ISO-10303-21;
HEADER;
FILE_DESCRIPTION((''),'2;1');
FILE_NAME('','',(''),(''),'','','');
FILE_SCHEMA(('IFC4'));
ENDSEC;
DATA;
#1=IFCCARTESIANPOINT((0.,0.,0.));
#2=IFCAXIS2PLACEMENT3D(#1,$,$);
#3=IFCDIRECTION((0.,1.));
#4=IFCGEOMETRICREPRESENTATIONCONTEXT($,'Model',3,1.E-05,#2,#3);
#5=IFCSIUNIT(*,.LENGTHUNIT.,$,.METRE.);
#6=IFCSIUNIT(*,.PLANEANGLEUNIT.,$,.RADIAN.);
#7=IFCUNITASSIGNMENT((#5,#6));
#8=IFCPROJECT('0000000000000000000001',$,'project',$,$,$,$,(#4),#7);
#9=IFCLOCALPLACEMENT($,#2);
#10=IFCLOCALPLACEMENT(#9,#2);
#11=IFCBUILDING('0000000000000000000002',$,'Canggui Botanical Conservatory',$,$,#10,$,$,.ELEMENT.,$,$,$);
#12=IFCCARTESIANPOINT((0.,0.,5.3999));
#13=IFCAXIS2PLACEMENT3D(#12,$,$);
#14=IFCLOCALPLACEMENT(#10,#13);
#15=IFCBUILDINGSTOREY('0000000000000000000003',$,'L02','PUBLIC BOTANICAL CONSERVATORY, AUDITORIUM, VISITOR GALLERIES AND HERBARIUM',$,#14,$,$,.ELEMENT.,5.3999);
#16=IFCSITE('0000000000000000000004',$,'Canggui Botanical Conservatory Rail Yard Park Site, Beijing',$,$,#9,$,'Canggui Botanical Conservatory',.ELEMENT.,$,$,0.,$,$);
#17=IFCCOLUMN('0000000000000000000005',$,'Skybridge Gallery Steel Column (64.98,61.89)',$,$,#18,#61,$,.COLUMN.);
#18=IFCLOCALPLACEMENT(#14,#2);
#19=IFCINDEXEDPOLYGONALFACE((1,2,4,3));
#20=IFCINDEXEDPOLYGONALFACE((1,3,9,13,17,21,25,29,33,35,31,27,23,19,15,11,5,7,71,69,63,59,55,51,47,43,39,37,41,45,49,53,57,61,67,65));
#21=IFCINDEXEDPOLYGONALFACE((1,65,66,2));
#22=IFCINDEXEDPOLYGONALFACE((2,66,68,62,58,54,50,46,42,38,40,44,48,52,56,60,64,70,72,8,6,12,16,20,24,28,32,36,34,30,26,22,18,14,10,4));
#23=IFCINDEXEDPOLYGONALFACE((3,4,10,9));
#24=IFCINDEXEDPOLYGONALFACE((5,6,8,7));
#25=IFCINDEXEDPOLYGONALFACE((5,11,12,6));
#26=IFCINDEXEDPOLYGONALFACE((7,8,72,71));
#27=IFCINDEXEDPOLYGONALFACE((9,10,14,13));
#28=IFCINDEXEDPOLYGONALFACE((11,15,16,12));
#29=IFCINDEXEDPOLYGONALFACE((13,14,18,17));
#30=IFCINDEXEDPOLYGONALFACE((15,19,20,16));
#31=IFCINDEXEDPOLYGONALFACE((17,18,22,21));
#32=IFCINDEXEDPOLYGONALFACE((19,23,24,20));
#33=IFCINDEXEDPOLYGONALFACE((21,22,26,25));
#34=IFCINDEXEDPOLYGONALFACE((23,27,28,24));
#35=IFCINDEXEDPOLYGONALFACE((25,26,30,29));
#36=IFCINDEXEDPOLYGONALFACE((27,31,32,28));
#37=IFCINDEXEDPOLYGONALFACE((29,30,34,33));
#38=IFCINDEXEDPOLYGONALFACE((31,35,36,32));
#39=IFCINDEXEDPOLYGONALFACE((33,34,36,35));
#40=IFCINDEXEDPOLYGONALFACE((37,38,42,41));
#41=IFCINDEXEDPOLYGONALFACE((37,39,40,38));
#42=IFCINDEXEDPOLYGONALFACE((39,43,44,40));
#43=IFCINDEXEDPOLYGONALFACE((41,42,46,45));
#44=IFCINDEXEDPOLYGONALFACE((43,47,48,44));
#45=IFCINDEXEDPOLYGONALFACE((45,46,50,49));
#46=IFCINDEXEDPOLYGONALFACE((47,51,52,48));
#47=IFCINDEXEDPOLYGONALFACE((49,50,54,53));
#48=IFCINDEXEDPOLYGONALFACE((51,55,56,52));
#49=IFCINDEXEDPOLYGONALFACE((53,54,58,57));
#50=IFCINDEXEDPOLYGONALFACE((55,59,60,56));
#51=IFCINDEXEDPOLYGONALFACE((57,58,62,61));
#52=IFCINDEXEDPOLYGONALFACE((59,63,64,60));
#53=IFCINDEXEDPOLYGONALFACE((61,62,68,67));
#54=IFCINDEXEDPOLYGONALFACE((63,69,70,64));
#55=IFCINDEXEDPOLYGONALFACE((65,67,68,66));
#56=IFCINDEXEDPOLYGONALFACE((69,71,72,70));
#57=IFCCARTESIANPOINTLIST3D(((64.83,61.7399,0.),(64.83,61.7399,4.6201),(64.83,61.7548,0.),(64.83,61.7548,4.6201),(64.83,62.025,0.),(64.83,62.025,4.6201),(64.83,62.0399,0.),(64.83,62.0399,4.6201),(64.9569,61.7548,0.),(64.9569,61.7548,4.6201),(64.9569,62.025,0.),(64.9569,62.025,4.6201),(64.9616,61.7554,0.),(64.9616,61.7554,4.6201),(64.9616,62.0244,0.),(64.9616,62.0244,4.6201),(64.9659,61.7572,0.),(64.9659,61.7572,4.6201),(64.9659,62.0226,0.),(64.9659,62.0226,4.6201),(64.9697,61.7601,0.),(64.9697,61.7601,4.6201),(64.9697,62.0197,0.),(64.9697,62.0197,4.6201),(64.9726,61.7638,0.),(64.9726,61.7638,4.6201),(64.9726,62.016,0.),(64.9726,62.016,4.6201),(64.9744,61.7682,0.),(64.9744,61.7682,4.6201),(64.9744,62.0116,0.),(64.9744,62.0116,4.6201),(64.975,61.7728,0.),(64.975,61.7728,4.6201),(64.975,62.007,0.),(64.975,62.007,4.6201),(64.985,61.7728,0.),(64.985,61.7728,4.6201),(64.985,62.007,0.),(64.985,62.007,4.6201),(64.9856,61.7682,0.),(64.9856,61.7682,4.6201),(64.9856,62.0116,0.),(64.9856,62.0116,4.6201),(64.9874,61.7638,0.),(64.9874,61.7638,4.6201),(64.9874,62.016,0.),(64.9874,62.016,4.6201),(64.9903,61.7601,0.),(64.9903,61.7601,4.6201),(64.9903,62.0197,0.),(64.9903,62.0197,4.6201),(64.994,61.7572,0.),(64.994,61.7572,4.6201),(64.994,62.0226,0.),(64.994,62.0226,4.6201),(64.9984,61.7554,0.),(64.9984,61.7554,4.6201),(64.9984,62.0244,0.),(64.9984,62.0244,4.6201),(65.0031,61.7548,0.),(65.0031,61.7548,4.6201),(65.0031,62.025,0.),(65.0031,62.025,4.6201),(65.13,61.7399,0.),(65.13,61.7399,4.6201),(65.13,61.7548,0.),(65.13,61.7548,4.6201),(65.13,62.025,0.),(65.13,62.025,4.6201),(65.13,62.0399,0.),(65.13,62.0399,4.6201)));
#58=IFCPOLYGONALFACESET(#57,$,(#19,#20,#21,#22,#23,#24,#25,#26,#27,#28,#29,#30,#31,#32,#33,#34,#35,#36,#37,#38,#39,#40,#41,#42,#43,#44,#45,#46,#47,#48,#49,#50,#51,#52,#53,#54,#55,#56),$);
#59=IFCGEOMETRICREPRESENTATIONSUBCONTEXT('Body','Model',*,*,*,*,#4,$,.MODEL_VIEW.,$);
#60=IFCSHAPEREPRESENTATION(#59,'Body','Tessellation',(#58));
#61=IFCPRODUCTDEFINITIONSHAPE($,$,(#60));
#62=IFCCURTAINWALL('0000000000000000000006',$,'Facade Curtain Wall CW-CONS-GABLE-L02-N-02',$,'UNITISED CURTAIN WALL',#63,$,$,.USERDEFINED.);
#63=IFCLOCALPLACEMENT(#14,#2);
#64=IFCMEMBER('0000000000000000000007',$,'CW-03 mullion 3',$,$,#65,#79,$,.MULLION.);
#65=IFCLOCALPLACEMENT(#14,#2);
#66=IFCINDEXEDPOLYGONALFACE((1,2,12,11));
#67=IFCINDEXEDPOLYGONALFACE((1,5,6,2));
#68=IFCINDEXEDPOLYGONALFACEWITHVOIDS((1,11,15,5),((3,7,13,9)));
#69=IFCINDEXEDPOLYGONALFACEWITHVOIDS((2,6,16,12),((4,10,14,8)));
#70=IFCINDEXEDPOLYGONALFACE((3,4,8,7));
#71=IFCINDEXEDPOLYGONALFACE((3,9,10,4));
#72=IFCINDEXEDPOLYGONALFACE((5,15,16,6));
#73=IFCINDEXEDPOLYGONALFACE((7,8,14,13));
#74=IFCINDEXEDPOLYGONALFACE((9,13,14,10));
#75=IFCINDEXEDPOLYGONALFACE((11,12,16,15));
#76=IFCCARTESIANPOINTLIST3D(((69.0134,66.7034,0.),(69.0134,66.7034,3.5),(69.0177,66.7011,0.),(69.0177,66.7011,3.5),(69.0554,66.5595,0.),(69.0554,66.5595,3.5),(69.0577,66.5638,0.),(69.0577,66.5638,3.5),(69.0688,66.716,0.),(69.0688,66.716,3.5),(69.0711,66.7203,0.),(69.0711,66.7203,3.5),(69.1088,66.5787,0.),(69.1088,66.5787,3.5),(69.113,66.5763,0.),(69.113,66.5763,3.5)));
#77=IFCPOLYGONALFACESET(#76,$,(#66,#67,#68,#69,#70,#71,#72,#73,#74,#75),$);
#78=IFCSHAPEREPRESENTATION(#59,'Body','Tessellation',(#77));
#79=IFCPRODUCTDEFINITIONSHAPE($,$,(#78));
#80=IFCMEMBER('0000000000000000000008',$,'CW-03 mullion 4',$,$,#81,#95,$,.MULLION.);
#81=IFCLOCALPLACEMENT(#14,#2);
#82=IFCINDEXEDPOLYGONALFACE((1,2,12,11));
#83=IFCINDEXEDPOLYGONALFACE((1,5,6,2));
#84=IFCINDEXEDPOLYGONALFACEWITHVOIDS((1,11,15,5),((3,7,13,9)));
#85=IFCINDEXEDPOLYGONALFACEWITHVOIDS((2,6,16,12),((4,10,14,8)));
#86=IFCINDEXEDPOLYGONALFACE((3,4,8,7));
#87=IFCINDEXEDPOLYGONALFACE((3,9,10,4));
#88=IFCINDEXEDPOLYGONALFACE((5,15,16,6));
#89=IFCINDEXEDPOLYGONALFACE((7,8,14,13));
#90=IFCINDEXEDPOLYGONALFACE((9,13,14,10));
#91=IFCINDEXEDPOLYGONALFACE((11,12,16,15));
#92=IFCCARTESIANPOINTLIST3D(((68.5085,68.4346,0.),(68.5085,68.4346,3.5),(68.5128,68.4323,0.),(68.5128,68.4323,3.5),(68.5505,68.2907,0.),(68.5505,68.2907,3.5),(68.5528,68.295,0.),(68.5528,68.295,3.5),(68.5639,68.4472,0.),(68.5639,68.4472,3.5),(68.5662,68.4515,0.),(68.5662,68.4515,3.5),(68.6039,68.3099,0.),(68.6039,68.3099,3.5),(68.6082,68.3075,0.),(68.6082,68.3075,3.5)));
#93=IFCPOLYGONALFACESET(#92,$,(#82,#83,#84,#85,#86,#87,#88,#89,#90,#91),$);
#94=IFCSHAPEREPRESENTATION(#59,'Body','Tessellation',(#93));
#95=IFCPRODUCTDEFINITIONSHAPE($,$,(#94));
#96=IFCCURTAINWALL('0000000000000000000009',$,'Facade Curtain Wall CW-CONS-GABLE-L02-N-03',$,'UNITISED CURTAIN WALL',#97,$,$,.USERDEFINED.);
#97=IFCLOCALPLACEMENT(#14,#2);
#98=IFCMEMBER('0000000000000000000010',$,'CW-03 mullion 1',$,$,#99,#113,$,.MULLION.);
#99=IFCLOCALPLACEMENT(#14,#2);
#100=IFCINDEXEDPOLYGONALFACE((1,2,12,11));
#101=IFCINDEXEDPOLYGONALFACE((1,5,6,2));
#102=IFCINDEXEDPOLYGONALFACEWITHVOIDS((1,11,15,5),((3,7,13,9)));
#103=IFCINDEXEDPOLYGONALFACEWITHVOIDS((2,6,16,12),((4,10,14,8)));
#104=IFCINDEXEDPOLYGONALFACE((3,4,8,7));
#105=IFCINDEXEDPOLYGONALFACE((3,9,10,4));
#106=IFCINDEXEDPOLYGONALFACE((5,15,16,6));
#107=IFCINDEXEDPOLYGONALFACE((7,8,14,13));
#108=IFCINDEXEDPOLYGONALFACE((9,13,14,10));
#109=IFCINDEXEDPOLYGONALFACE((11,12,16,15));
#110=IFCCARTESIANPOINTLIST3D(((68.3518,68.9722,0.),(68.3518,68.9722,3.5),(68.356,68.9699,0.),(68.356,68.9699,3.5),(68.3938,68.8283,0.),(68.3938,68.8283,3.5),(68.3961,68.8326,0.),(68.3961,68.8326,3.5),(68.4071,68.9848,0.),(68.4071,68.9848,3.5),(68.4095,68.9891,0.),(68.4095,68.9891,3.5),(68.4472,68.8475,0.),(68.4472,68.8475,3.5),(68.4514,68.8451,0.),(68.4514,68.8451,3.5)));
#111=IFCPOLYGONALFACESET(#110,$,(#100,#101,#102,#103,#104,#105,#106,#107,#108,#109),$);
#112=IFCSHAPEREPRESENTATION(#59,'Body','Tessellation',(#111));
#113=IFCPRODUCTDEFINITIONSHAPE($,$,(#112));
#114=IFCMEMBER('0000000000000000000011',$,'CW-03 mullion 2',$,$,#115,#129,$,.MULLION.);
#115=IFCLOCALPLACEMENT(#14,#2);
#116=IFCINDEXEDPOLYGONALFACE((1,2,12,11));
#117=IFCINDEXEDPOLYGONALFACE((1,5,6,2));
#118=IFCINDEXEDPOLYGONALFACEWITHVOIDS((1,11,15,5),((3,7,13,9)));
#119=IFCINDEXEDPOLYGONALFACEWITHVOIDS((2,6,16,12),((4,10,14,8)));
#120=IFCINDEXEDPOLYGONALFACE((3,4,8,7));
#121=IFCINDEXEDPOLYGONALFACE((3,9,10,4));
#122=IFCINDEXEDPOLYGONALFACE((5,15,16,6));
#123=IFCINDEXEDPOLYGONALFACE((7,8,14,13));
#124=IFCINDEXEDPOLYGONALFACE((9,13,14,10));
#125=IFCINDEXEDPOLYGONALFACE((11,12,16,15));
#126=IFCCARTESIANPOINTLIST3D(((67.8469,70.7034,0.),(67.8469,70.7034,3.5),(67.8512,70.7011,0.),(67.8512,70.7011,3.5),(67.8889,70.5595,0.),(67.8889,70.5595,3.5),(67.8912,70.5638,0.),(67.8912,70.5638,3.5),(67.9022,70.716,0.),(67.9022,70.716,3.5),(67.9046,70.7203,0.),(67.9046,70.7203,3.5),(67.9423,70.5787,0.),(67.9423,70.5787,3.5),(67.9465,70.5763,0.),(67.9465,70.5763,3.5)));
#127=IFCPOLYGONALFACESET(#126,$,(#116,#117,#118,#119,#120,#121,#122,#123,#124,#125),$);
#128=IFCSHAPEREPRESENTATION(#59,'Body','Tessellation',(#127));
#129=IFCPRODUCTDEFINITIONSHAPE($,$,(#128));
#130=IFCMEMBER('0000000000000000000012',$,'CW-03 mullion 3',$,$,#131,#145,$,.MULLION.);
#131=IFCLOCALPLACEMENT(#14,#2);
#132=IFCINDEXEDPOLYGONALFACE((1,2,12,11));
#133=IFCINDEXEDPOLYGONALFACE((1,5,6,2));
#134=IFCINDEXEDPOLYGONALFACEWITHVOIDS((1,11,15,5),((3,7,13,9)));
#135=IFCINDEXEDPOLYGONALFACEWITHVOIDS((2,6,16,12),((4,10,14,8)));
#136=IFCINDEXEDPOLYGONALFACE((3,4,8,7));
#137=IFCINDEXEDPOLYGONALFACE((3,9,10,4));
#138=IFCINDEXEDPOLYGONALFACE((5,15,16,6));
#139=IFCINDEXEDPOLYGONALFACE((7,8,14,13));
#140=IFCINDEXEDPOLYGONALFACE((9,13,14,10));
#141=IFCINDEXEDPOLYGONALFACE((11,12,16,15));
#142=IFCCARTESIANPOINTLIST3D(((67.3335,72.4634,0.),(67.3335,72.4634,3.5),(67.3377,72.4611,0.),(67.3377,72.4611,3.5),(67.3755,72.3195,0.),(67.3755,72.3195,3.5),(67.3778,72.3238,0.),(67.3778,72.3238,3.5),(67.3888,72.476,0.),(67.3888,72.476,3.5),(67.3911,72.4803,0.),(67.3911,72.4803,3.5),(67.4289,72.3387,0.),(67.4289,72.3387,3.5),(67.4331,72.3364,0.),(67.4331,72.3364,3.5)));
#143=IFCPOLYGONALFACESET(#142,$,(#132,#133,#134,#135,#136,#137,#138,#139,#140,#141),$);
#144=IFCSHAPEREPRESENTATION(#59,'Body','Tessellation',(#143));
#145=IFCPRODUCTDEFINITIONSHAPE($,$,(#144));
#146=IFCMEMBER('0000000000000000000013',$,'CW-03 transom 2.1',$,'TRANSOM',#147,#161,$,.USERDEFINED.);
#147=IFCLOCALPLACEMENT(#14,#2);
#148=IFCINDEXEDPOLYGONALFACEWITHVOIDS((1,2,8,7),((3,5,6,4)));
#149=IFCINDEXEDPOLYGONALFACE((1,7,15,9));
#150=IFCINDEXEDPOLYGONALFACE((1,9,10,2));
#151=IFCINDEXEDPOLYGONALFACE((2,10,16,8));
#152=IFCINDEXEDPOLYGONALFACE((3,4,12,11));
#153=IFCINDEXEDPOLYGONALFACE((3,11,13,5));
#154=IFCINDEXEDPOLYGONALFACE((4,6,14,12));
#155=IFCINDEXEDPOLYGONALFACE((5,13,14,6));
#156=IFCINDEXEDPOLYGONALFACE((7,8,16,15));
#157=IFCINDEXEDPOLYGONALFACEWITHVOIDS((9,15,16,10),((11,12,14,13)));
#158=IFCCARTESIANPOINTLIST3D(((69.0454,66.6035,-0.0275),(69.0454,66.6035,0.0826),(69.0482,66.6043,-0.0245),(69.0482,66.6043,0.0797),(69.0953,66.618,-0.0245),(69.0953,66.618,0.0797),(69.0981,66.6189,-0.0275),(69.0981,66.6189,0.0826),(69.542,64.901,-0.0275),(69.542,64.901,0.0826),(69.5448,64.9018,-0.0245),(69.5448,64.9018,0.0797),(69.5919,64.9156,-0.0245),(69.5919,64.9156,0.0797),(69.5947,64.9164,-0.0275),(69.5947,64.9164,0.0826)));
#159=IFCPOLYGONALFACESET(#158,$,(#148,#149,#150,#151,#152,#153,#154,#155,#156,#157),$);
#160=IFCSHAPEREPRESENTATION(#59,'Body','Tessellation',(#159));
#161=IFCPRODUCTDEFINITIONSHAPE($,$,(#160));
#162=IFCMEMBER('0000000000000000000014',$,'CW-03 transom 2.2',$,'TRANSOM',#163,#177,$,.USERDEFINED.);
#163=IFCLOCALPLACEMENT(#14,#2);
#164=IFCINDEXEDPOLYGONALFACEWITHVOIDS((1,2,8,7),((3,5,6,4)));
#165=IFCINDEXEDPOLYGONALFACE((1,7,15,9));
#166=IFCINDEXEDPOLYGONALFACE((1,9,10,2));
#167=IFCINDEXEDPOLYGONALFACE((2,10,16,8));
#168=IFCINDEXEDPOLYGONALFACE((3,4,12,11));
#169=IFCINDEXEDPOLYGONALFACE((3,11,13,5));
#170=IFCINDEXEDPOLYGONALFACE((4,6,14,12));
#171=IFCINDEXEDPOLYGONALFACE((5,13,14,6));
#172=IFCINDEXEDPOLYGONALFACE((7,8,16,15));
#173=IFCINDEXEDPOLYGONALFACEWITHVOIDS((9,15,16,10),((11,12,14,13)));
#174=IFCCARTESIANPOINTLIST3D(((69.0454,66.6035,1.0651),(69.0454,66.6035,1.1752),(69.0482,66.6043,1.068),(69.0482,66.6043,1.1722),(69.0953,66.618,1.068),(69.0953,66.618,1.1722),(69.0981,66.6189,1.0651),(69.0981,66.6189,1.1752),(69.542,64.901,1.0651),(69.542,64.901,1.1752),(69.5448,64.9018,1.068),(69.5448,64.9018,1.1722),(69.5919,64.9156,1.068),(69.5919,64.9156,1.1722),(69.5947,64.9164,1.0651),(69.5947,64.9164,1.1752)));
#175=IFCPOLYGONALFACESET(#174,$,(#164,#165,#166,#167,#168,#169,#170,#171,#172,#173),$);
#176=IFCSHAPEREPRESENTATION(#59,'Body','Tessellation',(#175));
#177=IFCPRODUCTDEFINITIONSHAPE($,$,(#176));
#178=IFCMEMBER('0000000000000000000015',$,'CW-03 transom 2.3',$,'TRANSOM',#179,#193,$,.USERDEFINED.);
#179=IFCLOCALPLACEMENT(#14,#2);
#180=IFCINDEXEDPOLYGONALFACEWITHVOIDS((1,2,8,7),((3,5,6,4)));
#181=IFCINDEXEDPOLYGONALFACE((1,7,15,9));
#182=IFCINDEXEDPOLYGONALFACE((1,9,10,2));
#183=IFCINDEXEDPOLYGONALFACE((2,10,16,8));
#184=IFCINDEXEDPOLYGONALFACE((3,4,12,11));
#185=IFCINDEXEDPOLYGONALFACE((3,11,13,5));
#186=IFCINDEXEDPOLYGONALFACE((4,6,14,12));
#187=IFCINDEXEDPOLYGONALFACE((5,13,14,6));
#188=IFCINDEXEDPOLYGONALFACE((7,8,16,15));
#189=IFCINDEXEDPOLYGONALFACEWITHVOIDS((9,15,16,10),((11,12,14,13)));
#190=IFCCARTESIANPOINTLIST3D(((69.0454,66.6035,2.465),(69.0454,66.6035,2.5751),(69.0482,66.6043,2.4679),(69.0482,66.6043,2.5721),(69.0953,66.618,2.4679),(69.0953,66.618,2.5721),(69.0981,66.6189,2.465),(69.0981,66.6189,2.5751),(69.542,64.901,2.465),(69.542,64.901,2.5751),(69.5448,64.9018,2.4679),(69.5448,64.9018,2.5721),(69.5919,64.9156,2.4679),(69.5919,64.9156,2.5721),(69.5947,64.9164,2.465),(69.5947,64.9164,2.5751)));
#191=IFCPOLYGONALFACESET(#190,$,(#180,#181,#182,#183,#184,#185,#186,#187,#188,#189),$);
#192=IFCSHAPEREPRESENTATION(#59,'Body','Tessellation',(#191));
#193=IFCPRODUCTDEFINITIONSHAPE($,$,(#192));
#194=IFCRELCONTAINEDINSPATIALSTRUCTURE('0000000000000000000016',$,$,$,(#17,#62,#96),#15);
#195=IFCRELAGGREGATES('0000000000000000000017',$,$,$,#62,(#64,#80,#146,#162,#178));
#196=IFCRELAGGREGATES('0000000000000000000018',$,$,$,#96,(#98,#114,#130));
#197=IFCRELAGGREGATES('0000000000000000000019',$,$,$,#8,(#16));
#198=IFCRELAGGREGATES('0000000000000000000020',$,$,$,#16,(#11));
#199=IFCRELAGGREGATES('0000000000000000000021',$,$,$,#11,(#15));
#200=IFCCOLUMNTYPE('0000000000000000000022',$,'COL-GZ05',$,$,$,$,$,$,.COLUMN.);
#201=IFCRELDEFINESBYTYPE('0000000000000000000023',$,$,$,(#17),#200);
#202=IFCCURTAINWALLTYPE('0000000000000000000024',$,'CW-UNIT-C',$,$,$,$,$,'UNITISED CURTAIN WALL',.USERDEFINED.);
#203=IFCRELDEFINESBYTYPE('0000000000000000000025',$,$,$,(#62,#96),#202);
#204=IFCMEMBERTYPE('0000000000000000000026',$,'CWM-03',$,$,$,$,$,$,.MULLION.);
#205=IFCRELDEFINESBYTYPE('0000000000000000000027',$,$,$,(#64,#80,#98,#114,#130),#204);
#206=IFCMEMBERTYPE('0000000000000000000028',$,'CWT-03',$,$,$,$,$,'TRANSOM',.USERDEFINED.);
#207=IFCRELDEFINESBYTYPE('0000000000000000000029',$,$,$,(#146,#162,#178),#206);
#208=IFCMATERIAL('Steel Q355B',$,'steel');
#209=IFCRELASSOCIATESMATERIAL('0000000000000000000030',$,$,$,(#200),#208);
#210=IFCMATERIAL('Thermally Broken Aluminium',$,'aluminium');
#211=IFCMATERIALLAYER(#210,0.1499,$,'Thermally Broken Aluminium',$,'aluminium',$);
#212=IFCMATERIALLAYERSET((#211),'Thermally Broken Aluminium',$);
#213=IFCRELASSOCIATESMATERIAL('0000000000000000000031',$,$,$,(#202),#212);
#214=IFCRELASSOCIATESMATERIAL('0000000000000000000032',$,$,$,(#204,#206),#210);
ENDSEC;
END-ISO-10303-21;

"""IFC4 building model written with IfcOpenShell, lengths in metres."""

from ifc_helpers import new_model, si_unit, direction, frame, origin, origin_2d, place, context, subcontext, project, spatial, hollow_rectangle, i_section, extrude, material, layer, layer_set, material_profile, profile_set, type_object, element, aggregate, save


model = new_model("IFC4")

# Units and contexts
model_context = context("Model", 3, precision=1e-05, world=origin(), true_north=direction((0.0, 1.0)))
body_context = subcontext(model_context, "Body", "Model", "MODEL_VIEW")
ifc_project = project(units=[si_unit("LENGTHUNIT", "METRE"), si_unit("PLANEANGLEUNIT", "RADIAN")], contexts=[model_context])

# Site, building, storey
site_placement = place(None, origin())
site = spatial("IfcSite", under=ifc_project, at=site_placement, Name="Canggui Botanical Conservatory Rail Yard Park Site, Beijing", LongName="Canggui Botanical Conservatory", CompositionType="ELEMENT", RefElevation=0.0)
building_placement = place(site_placement, origin())
building = spatial("IfcBuilding", under=site, at=building_placement, Name="Canggui Botanical Conservatory", CompositionType="ELEMENT")
storey_placement = place(building_placement, frame((0.0, 0.0, 5.3999)))
storey = spatial("IfcBuildingStorey", under=building, at=storey_placement, Name="L02", Description="PUBLIC BOTANICAL CONSERVATORY, AUDITORIUM, VISITOR GALLERIES AND HERBARIUM", CompositionType="ELEMENT", Elevation=5.3999)

# Column
ifc_material_1 = material(Name="Steel Q355B", Category="steel")
ifc_material_profile_1 = material_profile(ifc_material_1, i_section(OverallWidth=0.3, OverallDepth=0.3, WebThickness=0.01, FlangeThickness=0.0149, FilletRadius=0.0181, at=origin_2d()), Name="HW 300x300x10x15")
ifc_profile_set_1 = profile_set([ifc_material_profile_1], Name="Steel Q355B")
column_type = type_object("IfcColumnType", Name="COL-GZ05", PredefinedType="COLUMN", material=ifc_profile_set_1)
column_placement = place(storey_placement, frame((64.98, 61.8899, 0.0), z_axis=(0.0, 0.0, 1.0), x_axis=(1.0, 0.0, 0.0)))
element("IfcColumn", 1, at=column_placement, inside=storey, type_object=column_type, Name="Skybridge Gallery Steel Column (64.98,61.89)", PredefinedType="COLUMN", context=body_context, shape_type="SweptSolid", body=[
    extrude(i_section(OverallWidth=0.3, OverallDepth=0.3, WebThickness=0.01, FlangeThickness=0.0149, FilletRadius=0.0181, at=origin_2d()), origin(), (0.0, 0.0, 1.0), 4.6201),
])

# Curtain walls, members
ifc_material_2 = material(Name="Thermally Broken Aluminium", Category="aluminium")
ifc_layer_1 = layer(ifc_material_2, 0.1499, Name="Thermally Broken Aluminium", Category="aluminium")
ifc_layer_set_1 = layer_set([ifc_layer_1], Name="Thermally Broken Aluminium")
curtain_wall_type = type_object("IfcCurtainWallType", Name="CW-UNIT-C", ElementType="UNITISED CURTAIN WALL", PredefinedType="USERDEFINED", material=ifc_layer_set_1)
curtain_wall_1_placement = place(storey_placement, origin())
curtain_wall_1 = element("IfcCurtainWall", 2, at=curtain_wall_1_placement, inside=storey, type_object=curtain_wall_type, Name="Facade Curtain Wall CW-CONS-GABLE-L02-N-02", ObjectType="UNITISED CURTAIN WALL", PredefinedType="USERDEFINED")
ifc_material_profile_2 = material_profile(ifc_material_2, hollow_rectangle(XDim=0.0601, YDim=0.1499, WallThickness=0.0034, at=origin_2d()), Name="CWM 60x150x3.5")
ifc_profile_set_2 = profile_set([ifc_material_profile_2], Name="Thermally Broken Aluminium")
member_type_1 = type_object("IfcMemberType", Name="CWM-03", PredefinedType="MULLION", material=ifc_profile_set_2)
member_1_placement = place(storey_placement, frame((69.0632, 66.6399, 0.0), z_axis=(0.0, 0.0, 1.0), x_axis=(-0.96, -0.28, 0.0)))
member_1 = element("IfcMember", 3, at=member_1_placement, type_object=member_type_1, Name="CW-03 mullion 3", PredefinedType="MULLION", context=body_context, shape_type="SweptSolid", body=[
    extrude(hollow_rectangle(XDim=0.0601, YDim=0.1499, WallThickness=0.0034, at=origin_2d()), origin(), (0.0, 0.0, 1.0), 3.5),
])
member_2_placement = place(storey_placement, frame((68.5583, 68.3711, 0.0), z_axis=(0.0, 0.0, 1.0), x_axis=(-0.96, -0.28, 0.0)))
member_2 = element("IfcMember", 4, at=member_2_placement, type_object=member_type_1, Name="CW-03 mullion 4", PredefinedType="MULLION", context=body_context, shape_type="SweptSolid", body=[
    extrude(hollow_rectangle(XDim=0.0601, YDim=0.1499, WallThickness=0.0034, at=origin_2d()), origin(), (0.0, 0.0, 1.0), 3.5),
])
curtain_wall_2_placement = place(storey_placement, origin())
curtain_wall_2 = element("IfcCurtainWall", 5, at=curtain_wall_2_placement, inside=storey, type_object=curtain_wall_type, Name="Facade Curtain Wall CW-CONS-GABLE-L02-N-03", ObjectType="UNITISED CURTAIN WALL", PredefinedType="USERDEFINED")
member_3_placement = place(storey_placement, frame((68.4016, 68.9087, 0.0), z_axis=(0.0, 0.0, 1.0), x_axis=(-0.96, -0.28, 0.0)))
member_3 = element("IfcMember", 6, at=member_3_placement, type_object=member_type_1, Name="CW-03 mullion 1", PredefinedType="MULLION", context=body_context, shape_type="SweptSolid", body=[
    extrude(hollow_rectangle(XDim=0.0601, YDim=0.1499, WallThickness=0.0034, at=origin_2d()), origin(), (0.0, 0.0, 1.0), 3.5),
])
member_4_placement = place(storey_placement, frame((67.8967, 70.6399, 0.0), z_axis=(0.0, 0.0, 1.0), x_axis=(-0.96, -0.28, 0.0)))
member_4 = element("IfcMember", 7, at=member_4_placement, type_object=member_type_1, Name="CW-03 mullion 2", PredefinedType="MULLION", context=body_context, shape_type="SweptSolid", body=[
    extrude(hollow_rectangle(XDim=0.0601, YDim=0.1499, WallThickness=0.0034, at=origin_2d()), origin(), (0.0, 0.0, 1.0), 3.5),
])
member_5_placement = place(storey_placement, frame((67.3833, 72.3999, 0.0), z_axis=(0.0, 0.0, 1.0), x_axis=(-0.96, -0.28, 0.0)))
member_5 = element("IfcMember", 8, at=member_5_placement, type_object=member_type_1, Name="CW-03 mullion 3", PredefinedType="MULLION", context=body_context, shape_type="SweptSolid", body=[
    extrude(hollow_rectangle(XDim=0.0601, YDim=0.1499, WallThickness=0.0034, at=origin_2d()), origin(), (0.0, 0.0, 1.0), 3.5),
])

# Members
ifc_material_profile_3 = material_profile(ifc_material_2, hollow_rectangle(XDim=0.0549, YDim=0.1101, WallThickness=0.0029, at=origin_2d()), Name="CWT 55x110x3")
ifc_profile_set_3 = profile_set([ifc_material_profile_3], Name="Thermally Broken Aluminium")
member_type_2 = type_object("IfcMemberType", Name="CWT-03", ElementType="TRANSOM", PredefinedType="USERDEFINED", material=ifc_profile_set_3)
member_6_placement = place(storey_placement, frame((69.5684, 64.9087, 0.0276), z_axis=(-0.280026, 0.959992, 0.0), x_axis=(-0.959992, -0.280026, 0.0)))
member_6 = element("IfcMember", 9, at=member_6_placement, type_object=member_type_2, Name="CW-03 transom 2.1", ObjectType="TRANSOM", PredefinedType="USERDEFINED", context=body_context, shape_type="SweptSolid", body=[
    extrude(hollow_rectangle(XDim=0.0549, YDim=0.1101, WallThickness=0.0029, at=origin_2d()), origin(), (0.0, 0.0, 1.0), 1.7734),
])
member_7_placement = place(storey_placement, frame((69.5684, 64.9087, 1.1201), z_axis=(-0.280026, 0.959992, 0.0), x_axis=(-0.959992, -0.280026, 0.0)))
member_7 = element("IfcMember", 10, at=member_7_placement, type_object=member_type_2, Name="CW-03 transom 2.2", ObjectType="TRANSOM", PredefinedType="USERDEFINED", context=body_context, shape_type="SweptSolid", body=[
    extrude(hollow_rectangle(XDim=0.0549, YDim=0.1101, WallThickness=0.0029, at=origin_2d()), origin(), (0.0, 0.0, 1.0), 1.7734),
])
member_8_placement = place(storey_placement, frame((69.5684, 64.9087, 2.52), z_axis=(-0.280026, 0.959992, 0.0), x_axis=(-0.959992, -0.280026, 0.0)))
member_8 = element("IfcMember", 11, at=member_8_placement, type_object=member_type_2, Name="CW-03 transom 2.3", ObjectType="TRANSOM", PredefinedType="USERDEFINED", context=body_context, shape_type="SweptSolid", body=[
    extrude(hollow_rectangle(XDim=0.0549, YDim=0.1101, WallThickness=0.0029, at=origin_2d()), origin(), (0.0, 0.0, 1.0), 1.7734),
])

aggregate(curtain_wall_1, [member_1, member_2, member_6, member_7, member_8])
aggregate(curtain_wall_2, [member_3, member_4, member_5])

save(model, "model.ifc")
